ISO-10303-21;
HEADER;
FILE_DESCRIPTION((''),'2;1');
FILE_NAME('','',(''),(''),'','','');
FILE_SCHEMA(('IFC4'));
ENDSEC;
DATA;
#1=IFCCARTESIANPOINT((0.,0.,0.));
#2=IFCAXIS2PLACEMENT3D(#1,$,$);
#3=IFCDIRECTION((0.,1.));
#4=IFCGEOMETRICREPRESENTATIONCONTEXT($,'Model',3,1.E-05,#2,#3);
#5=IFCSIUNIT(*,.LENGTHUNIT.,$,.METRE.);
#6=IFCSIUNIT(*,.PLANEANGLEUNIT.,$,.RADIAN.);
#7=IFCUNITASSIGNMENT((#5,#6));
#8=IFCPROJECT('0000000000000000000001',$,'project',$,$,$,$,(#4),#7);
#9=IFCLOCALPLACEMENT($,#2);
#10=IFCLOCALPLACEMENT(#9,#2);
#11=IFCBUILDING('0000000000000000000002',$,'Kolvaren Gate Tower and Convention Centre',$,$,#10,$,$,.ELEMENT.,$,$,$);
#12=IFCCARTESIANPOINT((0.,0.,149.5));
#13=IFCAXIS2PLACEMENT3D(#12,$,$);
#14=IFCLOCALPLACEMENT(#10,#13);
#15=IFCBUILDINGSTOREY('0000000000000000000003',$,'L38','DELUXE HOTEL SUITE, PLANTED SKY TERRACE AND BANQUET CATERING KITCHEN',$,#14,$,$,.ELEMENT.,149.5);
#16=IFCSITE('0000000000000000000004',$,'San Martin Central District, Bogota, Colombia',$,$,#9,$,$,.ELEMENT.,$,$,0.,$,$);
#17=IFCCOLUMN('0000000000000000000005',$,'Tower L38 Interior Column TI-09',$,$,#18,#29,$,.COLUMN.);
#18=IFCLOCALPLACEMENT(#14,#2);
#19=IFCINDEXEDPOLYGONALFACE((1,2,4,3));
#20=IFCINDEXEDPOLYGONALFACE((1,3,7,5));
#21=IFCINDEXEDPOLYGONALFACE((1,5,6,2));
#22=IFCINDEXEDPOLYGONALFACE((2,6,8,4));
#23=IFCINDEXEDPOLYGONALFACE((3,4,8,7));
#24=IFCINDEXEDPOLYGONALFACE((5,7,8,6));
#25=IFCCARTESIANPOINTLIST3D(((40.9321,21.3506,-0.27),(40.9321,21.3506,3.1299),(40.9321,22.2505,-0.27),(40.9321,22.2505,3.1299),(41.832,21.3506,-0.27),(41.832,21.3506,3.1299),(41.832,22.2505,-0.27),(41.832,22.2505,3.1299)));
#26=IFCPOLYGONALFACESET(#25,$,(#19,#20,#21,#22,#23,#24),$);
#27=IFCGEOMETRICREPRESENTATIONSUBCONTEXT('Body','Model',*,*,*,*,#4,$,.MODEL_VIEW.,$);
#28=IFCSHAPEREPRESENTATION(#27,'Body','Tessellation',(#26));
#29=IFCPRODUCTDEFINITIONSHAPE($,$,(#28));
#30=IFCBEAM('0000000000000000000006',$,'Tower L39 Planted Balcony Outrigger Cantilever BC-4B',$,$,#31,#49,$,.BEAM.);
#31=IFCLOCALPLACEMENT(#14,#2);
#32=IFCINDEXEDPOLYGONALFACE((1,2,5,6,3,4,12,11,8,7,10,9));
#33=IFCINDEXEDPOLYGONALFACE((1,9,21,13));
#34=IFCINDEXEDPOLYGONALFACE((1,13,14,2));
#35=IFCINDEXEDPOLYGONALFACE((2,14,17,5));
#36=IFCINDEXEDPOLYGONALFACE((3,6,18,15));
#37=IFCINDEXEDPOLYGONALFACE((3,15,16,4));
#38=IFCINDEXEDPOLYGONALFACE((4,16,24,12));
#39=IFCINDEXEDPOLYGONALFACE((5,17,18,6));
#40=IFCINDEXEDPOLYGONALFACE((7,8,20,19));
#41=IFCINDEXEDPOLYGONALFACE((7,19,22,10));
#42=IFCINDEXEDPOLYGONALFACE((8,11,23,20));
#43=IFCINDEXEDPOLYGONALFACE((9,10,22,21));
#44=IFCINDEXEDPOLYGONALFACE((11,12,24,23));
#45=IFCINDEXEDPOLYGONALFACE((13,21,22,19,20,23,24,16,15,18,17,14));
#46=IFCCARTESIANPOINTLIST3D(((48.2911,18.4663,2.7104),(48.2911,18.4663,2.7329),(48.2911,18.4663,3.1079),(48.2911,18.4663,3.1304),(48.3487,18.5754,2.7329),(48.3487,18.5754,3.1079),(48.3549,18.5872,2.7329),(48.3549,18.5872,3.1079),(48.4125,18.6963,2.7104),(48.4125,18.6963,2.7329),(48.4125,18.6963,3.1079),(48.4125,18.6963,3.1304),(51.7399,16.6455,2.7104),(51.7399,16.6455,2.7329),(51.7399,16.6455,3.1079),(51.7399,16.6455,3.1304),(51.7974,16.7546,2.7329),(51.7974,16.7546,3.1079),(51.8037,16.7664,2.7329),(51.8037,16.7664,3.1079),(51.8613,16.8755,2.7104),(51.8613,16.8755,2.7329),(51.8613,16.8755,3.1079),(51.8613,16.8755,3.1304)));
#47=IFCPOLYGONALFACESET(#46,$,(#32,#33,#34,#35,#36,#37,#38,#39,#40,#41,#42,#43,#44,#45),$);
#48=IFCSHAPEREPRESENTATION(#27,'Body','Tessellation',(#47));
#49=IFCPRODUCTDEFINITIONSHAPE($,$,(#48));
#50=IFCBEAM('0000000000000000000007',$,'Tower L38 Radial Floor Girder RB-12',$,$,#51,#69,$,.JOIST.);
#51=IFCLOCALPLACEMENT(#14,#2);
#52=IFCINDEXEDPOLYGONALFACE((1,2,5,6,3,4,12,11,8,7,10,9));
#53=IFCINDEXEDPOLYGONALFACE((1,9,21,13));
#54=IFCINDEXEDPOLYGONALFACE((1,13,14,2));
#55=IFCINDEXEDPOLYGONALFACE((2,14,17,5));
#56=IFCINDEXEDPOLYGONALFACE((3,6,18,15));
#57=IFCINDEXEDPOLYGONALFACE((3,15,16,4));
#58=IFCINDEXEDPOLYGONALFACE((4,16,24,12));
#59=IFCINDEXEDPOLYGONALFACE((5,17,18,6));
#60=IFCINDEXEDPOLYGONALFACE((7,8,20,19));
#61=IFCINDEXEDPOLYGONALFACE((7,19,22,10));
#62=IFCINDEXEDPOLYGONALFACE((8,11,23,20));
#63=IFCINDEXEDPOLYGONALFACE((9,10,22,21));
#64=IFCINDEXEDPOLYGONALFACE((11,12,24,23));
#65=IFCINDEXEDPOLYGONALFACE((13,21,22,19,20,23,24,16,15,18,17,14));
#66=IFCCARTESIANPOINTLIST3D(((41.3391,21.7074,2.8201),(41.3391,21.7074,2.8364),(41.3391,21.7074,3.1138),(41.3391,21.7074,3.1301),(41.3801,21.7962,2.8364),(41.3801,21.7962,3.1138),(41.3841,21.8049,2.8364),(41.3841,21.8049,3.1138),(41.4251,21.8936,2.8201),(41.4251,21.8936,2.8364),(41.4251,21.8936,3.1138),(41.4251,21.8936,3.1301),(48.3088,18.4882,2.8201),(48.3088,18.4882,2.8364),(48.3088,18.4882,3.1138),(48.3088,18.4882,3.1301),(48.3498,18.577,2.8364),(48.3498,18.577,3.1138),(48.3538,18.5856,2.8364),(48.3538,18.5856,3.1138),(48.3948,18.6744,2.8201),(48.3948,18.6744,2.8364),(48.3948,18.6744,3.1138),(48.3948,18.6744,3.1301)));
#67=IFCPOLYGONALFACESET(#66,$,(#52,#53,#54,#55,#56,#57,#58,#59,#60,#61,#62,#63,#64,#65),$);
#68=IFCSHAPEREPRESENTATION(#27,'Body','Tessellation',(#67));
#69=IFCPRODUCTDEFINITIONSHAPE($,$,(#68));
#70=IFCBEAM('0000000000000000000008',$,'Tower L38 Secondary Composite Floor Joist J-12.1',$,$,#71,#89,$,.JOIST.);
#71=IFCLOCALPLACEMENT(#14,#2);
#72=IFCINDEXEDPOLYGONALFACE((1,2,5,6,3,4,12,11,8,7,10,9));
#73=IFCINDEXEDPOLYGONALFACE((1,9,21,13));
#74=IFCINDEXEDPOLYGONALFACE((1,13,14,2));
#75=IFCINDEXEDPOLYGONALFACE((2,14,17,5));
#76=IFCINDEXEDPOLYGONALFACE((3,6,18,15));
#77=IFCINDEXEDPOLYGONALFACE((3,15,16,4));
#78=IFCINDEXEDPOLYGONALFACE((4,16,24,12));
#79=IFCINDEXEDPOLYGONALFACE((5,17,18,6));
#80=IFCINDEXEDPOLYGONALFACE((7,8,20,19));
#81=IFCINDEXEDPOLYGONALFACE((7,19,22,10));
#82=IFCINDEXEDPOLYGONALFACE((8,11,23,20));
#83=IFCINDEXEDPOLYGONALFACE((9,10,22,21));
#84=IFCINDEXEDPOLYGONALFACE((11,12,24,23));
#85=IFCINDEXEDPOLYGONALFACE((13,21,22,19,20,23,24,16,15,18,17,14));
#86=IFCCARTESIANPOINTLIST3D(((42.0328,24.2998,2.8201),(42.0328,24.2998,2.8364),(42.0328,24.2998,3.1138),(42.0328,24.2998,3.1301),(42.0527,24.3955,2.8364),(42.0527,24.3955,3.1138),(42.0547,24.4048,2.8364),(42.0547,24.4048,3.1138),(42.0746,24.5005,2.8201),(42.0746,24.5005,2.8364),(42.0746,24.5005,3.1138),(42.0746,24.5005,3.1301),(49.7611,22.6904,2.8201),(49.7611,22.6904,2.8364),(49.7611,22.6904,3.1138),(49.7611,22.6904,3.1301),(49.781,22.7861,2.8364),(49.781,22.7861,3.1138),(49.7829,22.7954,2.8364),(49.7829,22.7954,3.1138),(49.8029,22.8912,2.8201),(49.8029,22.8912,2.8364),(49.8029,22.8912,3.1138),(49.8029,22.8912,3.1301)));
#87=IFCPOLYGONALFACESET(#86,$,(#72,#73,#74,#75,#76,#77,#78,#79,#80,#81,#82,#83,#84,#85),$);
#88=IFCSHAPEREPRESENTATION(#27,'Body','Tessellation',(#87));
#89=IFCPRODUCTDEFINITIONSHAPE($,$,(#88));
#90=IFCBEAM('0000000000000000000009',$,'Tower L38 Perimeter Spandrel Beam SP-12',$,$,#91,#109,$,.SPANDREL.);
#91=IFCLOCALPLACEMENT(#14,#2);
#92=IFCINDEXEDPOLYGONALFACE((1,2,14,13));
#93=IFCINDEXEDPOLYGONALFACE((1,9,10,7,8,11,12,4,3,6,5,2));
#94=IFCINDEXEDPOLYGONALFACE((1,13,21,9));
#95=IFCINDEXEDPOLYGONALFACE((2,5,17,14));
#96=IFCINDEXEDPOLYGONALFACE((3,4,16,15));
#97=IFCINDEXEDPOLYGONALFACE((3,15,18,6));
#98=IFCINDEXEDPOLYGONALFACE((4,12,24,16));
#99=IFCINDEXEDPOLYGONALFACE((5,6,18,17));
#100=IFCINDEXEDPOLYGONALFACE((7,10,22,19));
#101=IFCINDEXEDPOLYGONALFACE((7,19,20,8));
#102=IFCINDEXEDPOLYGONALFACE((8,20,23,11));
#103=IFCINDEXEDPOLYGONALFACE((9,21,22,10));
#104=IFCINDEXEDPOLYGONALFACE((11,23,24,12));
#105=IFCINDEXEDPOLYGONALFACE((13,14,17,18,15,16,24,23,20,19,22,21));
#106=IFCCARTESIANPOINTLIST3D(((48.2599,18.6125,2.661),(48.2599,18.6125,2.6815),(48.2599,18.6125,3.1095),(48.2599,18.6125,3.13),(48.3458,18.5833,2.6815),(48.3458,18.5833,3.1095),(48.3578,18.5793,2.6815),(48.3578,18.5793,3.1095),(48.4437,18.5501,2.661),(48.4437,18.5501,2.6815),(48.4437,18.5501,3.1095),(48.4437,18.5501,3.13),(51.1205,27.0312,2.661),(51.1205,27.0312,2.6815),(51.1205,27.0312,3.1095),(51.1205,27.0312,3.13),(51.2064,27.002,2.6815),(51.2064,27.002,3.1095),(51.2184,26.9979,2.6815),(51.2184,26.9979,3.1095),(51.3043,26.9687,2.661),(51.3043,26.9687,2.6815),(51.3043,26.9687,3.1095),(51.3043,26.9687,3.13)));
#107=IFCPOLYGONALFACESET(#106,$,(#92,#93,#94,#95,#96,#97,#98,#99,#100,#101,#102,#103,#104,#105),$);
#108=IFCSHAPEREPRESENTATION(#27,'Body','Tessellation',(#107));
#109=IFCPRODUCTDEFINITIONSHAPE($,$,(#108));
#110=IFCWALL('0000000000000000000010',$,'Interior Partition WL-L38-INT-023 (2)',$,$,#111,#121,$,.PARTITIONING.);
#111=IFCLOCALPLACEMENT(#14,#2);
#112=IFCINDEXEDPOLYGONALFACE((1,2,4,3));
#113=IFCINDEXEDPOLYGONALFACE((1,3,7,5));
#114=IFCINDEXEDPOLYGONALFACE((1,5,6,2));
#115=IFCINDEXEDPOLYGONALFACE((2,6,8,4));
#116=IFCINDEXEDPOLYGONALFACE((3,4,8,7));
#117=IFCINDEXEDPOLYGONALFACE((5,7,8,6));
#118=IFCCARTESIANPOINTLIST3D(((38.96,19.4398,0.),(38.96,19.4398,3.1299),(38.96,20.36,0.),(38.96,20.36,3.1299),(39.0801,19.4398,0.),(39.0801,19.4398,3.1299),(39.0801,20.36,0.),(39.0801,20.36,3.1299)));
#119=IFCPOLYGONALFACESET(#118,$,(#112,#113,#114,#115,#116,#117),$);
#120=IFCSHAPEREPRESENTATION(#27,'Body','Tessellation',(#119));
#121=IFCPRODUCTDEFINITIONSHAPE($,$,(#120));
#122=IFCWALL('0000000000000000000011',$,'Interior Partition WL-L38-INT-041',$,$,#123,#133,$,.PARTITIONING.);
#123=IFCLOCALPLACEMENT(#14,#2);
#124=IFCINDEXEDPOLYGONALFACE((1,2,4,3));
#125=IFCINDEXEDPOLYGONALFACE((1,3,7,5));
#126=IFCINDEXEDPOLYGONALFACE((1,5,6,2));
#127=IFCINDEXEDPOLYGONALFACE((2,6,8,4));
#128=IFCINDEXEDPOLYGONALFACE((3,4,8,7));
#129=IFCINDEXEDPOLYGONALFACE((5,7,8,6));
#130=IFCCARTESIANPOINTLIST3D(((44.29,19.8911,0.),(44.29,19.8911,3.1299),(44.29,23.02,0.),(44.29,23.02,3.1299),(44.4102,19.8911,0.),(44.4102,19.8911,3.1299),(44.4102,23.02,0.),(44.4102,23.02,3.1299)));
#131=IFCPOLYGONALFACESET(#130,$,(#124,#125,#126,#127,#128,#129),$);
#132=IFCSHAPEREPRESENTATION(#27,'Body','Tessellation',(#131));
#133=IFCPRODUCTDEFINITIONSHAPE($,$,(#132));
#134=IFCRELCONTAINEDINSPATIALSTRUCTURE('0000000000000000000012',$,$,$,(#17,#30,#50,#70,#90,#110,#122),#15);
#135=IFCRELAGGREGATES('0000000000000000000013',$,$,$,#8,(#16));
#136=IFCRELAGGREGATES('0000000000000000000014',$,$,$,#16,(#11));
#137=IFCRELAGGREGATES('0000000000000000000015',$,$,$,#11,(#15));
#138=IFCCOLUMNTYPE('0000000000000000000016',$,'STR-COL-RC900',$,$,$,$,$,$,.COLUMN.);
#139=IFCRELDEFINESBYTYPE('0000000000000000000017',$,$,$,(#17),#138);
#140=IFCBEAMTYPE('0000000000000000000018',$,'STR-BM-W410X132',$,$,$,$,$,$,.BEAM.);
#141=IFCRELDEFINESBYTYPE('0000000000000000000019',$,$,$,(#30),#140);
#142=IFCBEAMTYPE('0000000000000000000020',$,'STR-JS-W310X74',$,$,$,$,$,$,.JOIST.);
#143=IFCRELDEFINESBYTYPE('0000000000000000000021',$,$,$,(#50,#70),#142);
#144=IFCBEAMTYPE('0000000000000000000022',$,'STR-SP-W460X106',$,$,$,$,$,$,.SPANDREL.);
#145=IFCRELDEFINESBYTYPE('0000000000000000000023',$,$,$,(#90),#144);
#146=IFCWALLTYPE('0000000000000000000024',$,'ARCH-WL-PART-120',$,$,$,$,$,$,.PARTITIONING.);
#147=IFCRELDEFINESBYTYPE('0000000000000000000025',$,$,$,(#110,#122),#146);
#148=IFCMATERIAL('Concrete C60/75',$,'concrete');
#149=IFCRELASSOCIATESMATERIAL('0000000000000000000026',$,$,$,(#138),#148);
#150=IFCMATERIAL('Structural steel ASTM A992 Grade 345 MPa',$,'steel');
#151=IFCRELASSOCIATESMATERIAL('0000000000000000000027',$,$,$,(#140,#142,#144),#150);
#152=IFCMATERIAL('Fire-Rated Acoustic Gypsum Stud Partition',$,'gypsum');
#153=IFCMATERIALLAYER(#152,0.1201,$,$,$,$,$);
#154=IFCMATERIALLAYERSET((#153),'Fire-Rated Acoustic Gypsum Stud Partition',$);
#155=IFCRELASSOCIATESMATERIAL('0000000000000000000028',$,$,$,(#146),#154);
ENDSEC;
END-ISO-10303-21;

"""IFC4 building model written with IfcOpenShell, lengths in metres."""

from ifc_helpers import new_model, si_unit, direction, frame, frame_2d, origin, origin_2d, place, context, subcontext, project, spatial, rectangle, i_section, extrude, material, layer, layer_set, material_profile, profile_set, type_object, element, save


model = new_model("IFC4")

# Units and contexts
model_context = context("Model", 3, precision=1e-05, world=origin(), true_north=direction((0.0, 1.0)))
body_context = subcontext(model_context, "Body", "Model", "MODEL_VIEW")
ifc_project = project(units=[si_unit("LENGTHUNIT", "METRE"), si_unit("PLANEANGLEUNIT", "RADIAN")], contexts=[model_context])

# Site, building, storey
site_placement = place(None, origin())
site = spatial("IfcSite", under=ifc_project, at=site_placement, Name="San Martin Central District, Bogota, Colombia", CompositionType="ELEMENT", RefElevation=0.0)
building_placement = place(site_placement, origin())
building = spatial("IfcBuilding", under=site, at=building_placement, Name="Kolvaren Gate Tower and Convention Centre", CompositionType="ELEMENT")
storey_placement = place(building_placement, frame((0.0, 0.0, 149.5)))
storey = spatial("IfcBuildingStorey", under=building, at=storey_placement, Name="L38", Description="DELUXE HOTEL SUITE, PLANTED SKY TERRACE AND BANQUET CATERING KITCHEN", CompositionType="ELEMENT", Elevation=149.5)

# Column
ifc_material_1 = material(Name="Concrete C60/75", Category="concrete")
ifc_material_profile_1 = material_profile(ifc_material_1, rectangle(XDim=0.8999, YDim=0.8999, at=origin_2d()), Name="RC-COL-900X900")
ifc_profile_set_1 = profile_set([ifc_material_profile_1], Name="Concrete C60/75")
column_type = type_object("IfcColumnType", Name="STR-COL-RC900", PredefinedType="COLUMN", material=ifc_profile_set_1)
column_placement = place(storey_placement, frame((41.3821, 21.8005, -0.27), z_axis=(0.0, 0.0, 1.0), x_axis=(1.0, 0.0, 0.0)))
element("IfcColumn", 1, at=column_placement, inside=storey, type_object=column_type, Name="Tower L38 Interior Column TI-09", PredefinedType="COLUMN", context=body_context, shape_type="SweptSolid", body=[
    extrude(rectangle(XDim=0.8999, YDim=0.8999, at=origin_2d()), origin(), (0.0, 0.0, 1.0), 3.3999),
])

# Beams
ifc_material_2 = material(Name="Structural steel ASTM A992 Grade 345 MPa", Category="steel")
ifc_material_profile_2 = material_profile(ifc_material_2, i_section(OverallWidth=0.26, OverallDepth=0.4199, WebThickness=0.0134, FlangeThickness=0.0225, at=origin_2d()), Name="W410X132")
ifc_profile_set_2 = profile_set([ifc_material_profile_2], Name="Structural steel ASTM A992 Grade 345 MPa")
beam_type_1 = type_object("IfcBeamType", Name="STR-BM-W410X132", PredefinedType="BEAM", material=ifc_profile_set_2)
beam_1_placement = place(storey_placement, frame((48.3518, 18.5813, 2.9204), z_axis=(0.884317, -0.466886, 0.0), x_axis=(0.466886, 0.884317, 0.0)))
element("IfcBeam", 2, at=beam_1_placement, inside=storey, type_object=beam_type_1, Name="Tower L39 Planted Balcony Outrigger Cantilever BC-4B", PredefinedType="BEAM", context=body_context, shape_type="SweptSolid", body=[
    extrude(i_section(OverallWidth=0.26, OverallDepth=0.4199, WebThickness=0.0134, FlangeThickness=0.0225, at=origin_2d()), origin(), (0.0, 0.0, 1.0), 3.8999),
])
ifc_material_profile_3 = material_profile(ifc_material_2, i_section(OverallWidth=0.2051, OverallDepth=0.3101, WebThickness=0.0095, FlangeThickness=0.0164, at=origin_2d()), Name="W310X74")
ifc_profile_set_3 = profile_set([ifc_material_profile_3], Name="Structural steel ASTM A992 Grade 345 MPa")
beam_type_2 = type_object("IfcBeamType", Name="STR-JS-W310X74", PredefinedType="JOIST", material=ifc_profile_set_3)
beam_2_placement = place(storey_placement, frame((41.3821, 21.8005, 2.9751), z_axis=(0.907838, -0.41932, 0.0), x_axis=(0.41932, 0.907838, 0.0)))
element("IfcBeam", 3, at=beam_2_placement, inside=storey, type_object=beam_type_2, Name="Tower L38 Radial Floor Girder RB-12", PredefinedType="JOIST", context=body_context, shape_type="SweptSolid", body=[
    extrude(i_section(OverallWidth=0.2051, OverallDepth=0.3101, WebThickness=0.0095, FlangeThickness=0.0164, at=origin_2d()), origin(), (0.0, 0.0, 1.0), 7.6772),
])
beam_3_placement = place(storey_placement, frame((42.0537, 24.4001, 2.9751), z_axis=(0.978998, -0.203872, 0.0), x_axis=(0.203872, 0.978998, 0.0)))
element("IfcBeam", 4, at=beam_3_placement, inside=storey, type_object=beam_type_2, Name="Tower L38 Secondary Composite Floor Joist J-12.1", PredefinedType="JOIST", context=body_context, shape_type="SweptSolid", body=[
    extrude(i_section(OverallWidth=0.2051, OverallDepth=0.3101, WebThickness=0.0095, FlangeThickness=0.0164, at=origin_2d()), origin(), (0.0, 0.0, 1.0), 7.894),
])
ifc_material_profile_4 = material_profile(ifc_material_2, i_section(OverallWidth=0.1941, OverallDepth=0.469, WebThickness=0.0127, FlangeThickness=0.0205, at=origin_2d()), Name="W460X106")
ifc_profile_set_4 = profile_set([ifc_material_profile_4], Name="Structural steel ASTM A992 Grade 345 MPa")
beam_type_3 = type_object("IfcBeamType", Name="STR-SP-W460X106", PredefinedType="SPANDREL", material=ifc_profile_set_4)
beam_4_placement = place(storey_placement, frame((48.3518, 18.5813, 2.8955), z_axis=(0.321725, 0.946833, 0.0), x_axis=(-0.946833, 0.321725, 0.0)))
element("IfcBeam", 5, at=beam_4_placement, inside=storey, type_object=beam_type_3, Name="Tower L38 Perimeter Spandrel Beam SP-12", PredefinedType="SPANDREL", context=body_context, shape_type="SweptSolid", body=[
    extrude(i_section(OverallWidth=0.1941, OverallDepth=0.469, WebThickness=0.0127, FlangeThickness=0.0205, at=origin_2d()), origin(), (0.0, 0.0, 1.0), 8.8914),
])

# Walls
ifc_material_3 = material(Name="Fire-Rated Acoustic Gypsum Stud Partition", Category="gypsum")
ifc_layer_1 = layer(ifc_material_3, 0.1201)
ifc_layer_set_1 = layer_set([ifc_layer_1], Name="Fire-Rated Acoustic Gypsum Stud Partition")
wall_type_1 = type_object("IfcWallType", Name="ARCH-WL-PART-120", PredefinedType="PARTITIONING", material=ifc_layer_set_1)
wall_1_placement = place(storey_placement, frame((39.02, 19.4399, 0.0), z_axis=(0.0, 0.0, 1.0), x_axis=(0.0, 1.0, 0.0)))
element("IfcWall", 6, at=wall_1_placement, inside=storey, type_object=wall_type_1, Name="Interior Partition WL-L38-INT-023 (2)", PredefinedType="PARTITIONING", context=body_context, shape_type="SweptSolid", body=[
    extrude(rectangle(XDim=0.9202, YDim=0.1201, at=frame_2d((0.46, 0.0))), origin(), (0.0, 0.0, 1.0), 3.1299),
])
wall_2_placement = place(storey_placement, frame((44.3501, 19.8911, 0.0), z_axis=(0.0, 0.0, 1.0), x_axis=(0.0, 1.0, 0.0)))
element("IfcWall", 7, at=wall_2_placement, inside=storey, type_object=wall_type_1, Name="Interior Partition WL-L38-INT-041", PredefinedType="PARTITIONING", context=body_context, shape_type="SweptSolid", body=[
    extrude(rectangle(XDim=3.1289, YDim=0.1201, at=frame_2d((1.5645, 0.0))), origin(), (0.0, 0.0, 1.0), 3.1299),
])

save(model, "model.ifc")
